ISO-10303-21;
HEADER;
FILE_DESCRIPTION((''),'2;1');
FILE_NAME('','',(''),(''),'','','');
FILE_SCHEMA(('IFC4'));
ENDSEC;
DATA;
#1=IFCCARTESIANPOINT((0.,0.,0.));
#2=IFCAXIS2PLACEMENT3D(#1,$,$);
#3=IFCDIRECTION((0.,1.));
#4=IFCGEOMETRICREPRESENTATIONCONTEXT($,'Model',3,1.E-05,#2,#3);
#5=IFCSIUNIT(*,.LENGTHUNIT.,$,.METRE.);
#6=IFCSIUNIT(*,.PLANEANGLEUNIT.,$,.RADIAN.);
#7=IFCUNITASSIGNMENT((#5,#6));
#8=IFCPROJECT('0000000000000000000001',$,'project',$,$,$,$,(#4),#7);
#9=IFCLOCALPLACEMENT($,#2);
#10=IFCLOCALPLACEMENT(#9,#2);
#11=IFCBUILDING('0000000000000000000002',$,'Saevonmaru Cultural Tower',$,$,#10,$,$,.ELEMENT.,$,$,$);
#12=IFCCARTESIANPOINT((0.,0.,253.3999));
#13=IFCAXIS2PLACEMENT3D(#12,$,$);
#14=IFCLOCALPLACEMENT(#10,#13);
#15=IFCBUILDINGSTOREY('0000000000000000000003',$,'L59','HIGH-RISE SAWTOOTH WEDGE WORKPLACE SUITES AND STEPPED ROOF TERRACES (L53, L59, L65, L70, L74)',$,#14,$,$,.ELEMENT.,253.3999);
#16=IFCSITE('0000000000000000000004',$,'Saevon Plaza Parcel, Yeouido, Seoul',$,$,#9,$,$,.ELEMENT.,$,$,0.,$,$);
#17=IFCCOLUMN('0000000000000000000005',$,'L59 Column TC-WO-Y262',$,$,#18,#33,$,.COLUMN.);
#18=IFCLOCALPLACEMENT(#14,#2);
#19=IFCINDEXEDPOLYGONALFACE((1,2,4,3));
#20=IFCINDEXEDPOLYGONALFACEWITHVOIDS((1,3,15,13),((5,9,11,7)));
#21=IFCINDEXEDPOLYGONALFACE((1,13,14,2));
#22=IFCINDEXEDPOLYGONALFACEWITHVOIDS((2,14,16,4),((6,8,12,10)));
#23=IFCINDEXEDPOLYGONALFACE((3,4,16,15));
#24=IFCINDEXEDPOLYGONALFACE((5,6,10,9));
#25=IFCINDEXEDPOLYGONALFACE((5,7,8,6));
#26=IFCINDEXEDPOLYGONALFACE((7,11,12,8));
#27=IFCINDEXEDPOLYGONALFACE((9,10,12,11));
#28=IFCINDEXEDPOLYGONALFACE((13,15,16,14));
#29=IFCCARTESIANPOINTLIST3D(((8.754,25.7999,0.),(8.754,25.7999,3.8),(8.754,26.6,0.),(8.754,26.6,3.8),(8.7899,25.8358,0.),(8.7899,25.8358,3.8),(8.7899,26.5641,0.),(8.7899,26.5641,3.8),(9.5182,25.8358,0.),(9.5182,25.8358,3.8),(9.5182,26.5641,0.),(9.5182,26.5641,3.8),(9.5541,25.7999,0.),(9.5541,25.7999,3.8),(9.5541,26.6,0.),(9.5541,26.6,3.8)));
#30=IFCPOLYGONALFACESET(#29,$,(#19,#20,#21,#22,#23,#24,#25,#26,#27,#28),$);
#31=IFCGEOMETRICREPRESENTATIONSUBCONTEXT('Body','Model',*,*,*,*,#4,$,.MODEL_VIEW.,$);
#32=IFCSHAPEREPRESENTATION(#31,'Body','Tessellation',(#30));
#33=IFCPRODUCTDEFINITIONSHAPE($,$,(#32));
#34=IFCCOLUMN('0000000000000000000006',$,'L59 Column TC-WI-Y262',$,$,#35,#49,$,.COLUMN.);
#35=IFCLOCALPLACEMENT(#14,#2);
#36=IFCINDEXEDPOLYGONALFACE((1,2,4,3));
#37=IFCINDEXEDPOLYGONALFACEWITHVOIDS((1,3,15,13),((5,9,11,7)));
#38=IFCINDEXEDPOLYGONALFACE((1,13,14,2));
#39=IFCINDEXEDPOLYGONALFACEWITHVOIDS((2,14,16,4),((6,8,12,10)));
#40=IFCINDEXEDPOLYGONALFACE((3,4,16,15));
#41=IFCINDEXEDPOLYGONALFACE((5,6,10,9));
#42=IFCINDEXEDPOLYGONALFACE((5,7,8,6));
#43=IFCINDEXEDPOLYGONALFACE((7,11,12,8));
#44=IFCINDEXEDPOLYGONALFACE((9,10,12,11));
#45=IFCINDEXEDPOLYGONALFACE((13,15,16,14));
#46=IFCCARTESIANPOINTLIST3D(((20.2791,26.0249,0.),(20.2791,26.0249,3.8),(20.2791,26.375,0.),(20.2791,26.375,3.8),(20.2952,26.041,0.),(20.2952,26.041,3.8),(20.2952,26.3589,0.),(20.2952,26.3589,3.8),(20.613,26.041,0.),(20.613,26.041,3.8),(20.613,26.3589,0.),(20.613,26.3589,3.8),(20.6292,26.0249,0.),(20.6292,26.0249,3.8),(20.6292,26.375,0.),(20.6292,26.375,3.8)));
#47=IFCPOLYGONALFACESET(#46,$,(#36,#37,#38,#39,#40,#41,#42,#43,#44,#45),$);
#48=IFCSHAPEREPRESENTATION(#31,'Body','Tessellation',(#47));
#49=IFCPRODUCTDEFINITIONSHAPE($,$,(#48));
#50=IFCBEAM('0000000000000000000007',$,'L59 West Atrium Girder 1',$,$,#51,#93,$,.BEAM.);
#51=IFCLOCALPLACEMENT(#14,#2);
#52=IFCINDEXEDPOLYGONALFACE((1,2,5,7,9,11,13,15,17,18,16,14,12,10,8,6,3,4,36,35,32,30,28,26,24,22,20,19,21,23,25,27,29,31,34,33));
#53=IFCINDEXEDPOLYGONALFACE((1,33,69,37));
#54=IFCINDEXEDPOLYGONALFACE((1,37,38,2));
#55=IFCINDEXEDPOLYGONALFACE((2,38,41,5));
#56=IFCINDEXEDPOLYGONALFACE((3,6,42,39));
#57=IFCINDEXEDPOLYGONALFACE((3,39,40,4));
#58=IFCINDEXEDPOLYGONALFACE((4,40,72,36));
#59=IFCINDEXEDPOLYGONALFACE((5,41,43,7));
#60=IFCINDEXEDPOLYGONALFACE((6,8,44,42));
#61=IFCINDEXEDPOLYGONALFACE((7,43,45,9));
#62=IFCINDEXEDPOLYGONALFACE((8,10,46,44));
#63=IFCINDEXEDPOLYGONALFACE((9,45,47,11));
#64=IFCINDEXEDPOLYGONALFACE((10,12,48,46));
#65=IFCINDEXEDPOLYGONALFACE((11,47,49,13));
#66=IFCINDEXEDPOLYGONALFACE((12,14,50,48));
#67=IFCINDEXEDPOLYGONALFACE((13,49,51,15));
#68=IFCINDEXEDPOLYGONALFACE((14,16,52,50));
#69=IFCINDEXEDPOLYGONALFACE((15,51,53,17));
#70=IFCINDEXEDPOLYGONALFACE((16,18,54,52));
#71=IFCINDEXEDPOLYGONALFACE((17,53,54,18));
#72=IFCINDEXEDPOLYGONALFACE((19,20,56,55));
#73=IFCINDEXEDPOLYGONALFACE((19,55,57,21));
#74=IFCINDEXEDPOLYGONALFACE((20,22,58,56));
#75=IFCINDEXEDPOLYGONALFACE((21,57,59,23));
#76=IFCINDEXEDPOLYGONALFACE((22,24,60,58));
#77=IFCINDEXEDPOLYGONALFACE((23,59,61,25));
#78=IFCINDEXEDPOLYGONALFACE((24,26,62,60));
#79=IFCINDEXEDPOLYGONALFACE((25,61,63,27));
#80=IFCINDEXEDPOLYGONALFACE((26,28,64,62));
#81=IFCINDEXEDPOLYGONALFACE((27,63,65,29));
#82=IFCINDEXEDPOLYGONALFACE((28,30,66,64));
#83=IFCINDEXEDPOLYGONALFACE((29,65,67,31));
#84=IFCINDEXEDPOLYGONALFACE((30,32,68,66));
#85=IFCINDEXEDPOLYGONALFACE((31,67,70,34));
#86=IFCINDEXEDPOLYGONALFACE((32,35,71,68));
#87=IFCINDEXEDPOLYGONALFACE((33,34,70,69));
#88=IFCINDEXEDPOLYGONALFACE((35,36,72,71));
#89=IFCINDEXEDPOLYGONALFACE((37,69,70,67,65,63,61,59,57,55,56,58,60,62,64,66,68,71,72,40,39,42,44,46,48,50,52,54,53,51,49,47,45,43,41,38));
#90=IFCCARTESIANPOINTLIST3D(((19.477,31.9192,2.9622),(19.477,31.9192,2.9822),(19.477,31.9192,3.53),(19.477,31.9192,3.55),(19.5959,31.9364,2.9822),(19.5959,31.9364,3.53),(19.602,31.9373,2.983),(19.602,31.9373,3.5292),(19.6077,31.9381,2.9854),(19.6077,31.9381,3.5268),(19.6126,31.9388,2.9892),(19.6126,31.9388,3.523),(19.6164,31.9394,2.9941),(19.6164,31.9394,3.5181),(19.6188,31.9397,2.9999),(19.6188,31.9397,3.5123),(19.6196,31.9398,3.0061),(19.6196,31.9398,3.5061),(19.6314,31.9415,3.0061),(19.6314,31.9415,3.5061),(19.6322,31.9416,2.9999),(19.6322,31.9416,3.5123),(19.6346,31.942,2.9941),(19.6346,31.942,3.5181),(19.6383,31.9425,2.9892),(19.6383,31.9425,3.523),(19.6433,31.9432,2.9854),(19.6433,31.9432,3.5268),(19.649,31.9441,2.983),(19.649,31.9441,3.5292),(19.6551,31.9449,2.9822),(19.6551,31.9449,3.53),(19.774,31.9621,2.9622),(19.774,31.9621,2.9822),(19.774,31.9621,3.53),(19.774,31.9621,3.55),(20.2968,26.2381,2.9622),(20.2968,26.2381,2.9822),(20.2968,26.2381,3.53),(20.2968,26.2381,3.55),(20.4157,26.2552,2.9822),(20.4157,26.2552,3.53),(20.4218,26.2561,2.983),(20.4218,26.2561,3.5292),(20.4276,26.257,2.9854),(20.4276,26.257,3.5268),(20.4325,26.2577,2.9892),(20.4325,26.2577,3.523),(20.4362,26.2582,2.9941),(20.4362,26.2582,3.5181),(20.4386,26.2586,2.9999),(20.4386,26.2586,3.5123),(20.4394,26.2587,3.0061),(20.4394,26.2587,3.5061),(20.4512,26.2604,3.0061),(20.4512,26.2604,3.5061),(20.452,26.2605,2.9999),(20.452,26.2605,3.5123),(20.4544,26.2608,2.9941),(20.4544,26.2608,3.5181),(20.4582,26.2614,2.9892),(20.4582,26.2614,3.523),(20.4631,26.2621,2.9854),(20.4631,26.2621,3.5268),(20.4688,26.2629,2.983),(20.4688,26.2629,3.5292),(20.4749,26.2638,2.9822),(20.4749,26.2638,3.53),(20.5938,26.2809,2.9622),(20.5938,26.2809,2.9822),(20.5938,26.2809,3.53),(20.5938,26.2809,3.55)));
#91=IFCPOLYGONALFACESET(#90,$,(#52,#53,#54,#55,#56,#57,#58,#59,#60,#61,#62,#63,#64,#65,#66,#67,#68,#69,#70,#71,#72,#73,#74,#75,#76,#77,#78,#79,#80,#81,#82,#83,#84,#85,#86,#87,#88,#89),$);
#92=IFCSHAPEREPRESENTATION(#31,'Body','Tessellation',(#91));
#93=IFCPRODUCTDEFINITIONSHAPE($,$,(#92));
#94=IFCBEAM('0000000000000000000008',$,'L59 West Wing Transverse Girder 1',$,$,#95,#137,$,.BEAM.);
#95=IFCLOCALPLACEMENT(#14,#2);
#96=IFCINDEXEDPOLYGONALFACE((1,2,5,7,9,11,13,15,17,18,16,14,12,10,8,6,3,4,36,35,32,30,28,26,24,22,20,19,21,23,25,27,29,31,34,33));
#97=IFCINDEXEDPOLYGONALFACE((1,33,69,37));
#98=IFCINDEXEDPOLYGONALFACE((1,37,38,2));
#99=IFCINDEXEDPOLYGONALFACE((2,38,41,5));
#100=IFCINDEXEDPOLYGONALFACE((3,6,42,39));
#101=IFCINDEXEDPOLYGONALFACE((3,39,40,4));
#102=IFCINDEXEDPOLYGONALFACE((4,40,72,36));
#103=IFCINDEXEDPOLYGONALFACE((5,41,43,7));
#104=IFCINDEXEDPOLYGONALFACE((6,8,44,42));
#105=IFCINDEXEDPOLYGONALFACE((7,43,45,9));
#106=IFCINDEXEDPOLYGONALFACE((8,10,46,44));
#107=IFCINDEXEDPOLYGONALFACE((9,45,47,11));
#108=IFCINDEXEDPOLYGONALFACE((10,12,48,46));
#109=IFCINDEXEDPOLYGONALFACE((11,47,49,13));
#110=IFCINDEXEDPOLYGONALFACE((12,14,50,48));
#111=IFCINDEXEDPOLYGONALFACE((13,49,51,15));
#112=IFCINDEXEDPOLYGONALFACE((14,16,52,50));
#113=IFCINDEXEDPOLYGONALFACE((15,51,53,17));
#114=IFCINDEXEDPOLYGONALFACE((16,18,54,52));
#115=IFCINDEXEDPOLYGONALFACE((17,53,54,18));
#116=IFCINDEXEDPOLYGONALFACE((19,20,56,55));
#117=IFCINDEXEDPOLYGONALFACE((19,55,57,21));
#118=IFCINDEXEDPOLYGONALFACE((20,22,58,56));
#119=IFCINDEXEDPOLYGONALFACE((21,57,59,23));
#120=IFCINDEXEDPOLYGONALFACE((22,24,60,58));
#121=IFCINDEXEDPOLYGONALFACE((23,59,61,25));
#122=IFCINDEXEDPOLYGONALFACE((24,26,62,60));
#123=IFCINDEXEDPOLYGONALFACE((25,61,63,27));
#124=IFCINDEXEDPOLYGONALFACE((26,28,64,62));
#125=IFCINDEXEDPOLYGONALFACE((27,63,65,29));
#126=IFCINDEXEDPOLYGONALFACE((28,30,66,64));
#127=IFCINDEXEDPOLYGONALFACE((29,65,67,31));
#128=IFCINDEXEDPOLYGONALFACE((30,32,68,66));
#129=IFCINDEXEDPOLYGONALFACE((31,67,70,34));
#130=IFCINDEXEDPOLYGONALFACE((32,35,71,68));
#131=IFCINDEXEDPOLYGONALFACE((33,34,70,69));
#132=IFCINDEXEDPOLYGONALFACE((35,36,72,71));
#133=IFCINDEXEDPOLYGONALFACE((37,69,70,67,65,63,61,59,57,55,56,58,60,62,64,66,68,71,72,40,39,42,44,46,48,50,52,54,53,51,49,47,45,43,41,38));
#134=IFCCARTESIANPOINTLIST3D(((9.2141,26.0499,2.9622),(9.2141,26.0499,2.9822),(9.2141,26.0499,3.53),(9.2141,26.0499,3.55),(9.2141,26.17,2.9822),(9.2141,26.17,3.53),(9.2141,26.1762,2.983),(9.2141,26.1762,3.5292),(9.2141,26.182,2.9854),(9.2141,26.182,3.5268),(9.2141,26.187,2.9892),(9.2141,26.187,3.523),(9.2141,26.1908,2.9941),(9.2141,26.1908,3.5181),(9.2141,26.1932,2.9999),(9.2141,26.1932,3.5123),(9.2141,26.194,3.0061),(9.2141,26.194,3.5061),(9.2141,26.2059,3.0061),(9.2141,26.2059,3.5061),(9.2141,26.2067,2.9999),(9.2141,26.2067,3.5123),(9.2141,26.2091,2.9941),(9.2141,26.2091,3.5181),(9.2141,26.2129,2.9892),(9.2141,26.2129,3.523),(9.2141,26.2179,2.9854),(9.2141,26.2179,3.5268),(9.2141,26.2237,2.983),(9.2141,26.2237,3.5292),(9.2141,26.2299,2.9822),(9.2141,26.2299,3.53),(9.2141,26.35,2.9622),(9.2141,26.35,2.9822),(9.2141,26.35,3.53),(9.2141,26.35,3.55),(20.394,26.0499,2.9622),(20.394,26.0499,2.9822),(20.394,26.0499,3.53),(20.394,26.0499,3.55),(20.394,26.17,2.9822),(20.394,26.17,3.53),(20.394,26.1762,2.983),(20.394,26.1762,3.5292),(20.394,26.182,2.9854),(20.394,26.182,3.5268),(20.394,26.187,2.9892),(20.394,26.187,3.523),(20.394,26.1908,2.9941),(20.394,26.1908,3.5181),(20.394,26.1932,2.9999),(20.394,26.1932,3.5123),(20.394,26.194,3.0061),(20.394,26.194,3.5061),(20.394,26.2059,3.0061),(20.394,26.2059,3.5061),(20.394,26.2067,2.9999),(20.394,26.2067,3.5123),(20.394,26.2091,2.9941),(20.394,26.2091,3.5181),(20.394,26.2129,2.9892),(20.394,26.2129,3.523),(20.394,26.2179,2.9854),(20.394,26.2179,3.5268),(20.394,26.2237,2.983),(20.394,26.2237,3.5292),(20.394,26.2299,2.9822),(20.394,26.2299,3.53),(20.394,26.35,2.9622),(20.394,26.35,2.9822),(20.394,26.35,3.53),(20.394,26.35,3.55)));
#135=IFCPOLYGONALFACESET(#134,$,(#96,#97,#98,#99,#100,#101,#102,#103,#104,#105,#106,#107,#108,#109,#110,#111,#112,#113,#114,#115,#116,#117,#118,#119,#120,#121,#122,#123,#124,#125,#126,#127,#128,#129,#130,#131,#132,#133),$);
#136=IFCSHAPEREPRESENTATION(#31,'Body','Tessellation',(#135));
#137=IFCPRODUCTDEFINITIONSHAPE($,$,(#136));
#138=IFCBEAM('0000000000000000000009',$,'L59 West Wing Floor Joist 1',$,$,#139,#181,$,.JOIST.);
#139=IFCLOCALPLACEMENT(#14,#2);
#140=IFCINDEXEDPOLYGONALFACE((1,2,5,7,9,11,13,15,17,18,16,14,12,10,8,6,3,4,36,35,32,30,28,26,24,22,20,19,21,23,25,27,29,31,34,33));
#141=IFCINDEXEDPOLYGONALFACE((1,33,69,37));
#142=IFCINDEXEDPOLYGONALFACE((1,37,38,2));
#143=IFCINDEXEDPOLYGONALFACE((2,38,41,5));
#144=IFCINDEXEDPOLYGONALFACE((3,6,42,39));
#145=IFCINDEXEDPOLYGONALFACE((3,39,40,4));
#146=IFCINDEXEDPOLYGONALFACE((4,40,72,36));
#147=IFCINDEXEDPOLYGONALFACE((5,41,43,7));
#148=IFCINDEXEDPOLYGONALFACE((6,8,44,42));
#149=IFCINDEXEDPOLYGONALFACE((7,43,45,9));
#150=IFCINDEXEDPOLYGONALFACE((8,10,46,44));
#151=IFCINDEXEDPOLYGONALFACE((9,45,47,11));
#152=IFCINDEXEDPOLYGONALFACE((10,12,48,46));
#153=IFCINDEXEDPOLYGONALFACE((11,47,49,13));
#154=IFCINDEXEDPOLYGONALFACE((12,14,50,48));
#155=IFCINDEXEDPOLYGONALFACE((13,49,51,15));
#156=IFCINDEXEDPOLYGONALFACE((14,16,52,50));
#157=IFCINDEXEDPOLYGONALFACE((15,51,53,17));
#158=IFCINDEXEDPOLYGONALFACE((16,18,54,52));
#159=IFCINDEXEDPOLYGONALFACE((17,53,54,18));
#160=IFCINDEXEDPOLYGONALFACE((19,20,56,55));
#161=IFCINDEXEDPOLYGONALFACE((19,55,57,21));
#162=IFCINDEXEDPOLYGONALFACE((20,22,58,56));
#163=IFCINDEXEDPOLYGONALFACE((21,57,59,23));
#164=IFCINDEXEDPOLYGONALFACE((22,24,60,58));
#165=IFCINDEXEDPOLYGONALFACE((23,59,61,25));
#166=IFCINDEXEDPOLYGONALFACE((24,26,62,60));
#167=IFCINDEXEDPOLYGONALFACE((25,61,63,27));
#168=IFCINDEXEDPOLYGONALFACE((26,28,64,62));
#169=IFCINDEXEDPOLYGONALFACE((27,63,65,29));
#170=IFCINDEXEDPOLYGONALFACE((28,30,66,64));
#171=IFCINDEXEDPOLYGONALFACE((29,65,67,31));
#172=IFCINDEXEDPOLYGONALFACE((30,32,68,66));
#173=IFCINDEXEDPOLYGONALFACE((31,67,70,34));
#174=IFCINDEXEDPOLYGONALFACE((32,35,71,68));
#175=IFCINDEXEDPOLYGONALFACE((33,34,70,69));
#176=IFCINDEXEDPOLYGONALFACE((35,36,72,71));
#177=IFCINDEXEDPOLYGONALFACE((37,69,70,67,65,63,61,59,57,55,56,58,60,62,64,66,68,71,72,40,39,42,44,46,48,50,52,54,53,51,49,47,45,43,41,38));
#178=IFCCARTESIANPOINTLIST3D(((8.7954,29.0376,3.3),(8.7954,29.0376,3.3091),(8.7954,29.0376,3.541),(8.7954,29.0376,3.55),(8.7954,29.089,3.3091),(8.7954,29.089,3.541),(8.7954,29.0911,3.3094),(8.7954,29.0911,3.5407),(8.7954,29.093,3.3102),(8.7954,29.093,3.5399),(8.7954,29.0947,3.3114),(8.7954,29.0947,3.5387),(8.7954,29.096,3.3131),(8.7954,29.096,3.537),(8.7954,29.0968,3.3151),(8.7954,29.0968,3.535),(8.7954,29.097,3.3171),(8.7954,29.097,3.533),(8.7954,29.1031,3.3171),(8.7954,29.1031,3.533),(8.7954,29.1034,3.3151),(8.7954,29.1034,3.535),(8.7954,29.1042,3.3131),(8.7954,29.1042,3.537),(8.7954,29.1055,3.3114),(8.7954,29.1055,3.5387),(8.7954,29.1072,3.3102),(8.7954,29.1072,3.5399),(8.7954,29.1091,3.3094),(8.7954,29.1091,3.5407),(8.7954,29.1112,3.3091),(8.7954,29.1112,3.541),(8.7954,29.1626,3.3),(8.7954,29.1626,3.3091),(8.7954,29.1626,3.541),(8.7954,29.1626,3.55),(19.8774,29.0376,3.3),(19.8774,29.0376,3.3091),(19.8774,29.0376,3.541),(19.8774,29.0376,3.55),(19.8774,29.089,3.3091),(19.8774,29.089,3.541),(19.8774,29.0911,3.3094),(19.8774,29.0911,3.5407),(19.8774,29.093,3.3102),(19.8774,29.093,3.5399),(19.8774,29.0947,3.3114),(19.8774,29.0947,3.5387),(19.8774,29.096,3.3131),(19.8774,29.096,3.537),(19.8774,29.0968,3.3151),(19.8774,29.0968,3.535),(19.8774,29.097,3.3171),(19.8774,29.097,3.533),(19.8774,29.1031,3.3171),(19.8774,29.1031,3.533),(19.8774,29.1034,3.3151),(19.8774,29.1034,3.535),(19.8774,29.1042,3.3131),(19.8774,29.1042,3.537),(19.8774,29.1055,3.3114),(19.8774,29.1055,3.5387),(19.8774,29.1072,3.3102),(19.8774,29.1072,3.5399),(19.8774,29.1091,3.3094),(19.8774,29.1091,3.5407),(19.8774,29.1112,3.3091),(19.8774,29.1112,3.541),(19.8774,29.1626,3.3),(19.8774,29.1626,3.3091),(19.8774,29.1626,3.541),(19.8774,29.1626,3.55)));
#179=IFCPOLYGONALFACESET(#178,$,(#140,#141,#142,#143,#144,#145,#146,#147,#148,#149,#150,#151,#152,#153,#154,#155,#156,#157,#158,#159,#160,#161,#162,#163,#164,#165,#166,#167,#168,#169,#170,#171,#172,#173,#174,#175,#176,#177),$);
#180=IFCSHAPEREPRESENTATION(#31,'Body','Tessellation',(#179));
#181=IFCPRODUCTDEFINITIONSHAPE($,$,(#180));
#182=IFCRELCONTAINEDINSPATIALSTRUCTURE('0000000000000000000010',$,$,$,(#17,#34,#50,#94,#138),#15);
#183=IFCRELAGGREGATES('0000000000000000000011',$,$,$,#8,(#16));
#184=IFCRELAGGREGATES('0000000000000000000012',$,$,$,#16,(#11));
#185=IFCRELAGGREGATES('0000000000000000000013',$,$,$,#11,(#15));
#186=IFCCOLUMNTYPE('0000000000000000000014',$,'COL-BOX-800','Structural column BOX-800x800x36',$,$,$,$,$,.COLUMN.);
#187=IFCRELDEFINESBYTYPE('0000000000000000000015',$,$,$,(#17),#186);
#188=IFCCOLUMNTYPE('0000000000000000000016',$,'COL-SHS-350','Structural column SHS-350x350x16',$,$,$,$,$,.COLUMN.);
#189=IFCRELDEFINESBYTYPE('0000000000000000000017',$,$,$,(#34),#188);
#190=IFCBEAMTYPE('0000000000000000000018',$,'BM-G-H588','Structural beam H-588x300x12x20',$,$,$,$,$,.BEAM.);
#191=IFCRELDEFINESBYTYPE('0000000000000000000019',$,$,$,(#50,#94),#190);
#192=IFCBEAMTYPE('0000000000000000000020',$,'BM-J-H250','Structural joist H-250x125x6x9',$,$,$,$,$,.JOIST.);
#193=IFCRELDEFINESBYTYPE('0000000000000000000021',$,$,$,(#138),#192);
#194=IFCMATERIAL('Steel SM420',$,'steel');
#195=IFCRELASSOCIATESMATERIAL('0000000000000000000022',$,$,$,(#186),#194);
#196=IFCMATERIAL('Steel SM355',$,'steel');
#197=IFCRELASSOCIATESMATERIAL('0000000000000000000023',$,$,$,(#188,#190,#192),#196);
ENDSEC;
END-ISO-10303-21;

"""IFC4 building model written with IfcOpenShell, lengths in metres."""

from ifc_helpers import new_model, si_unit, direction, frame, origin, origin_2d, place, context, subcontext, project, spatial, hollow_rectangle, i_section, extrude, material, material_profile, profile_set, type_object, element, save


model = new_model("IFC4")

# Units and contexts
model_context = context("Model", 3, precision=1e-05, world=origin(), true_north=direction((0.0, 1.0)))
body_context = subcontext(model_context, "Body", "Model", "MODEL_VIEW")
ifc_project = project(units=[si_unit("LENGTHUNIT", "METRE"), si_unit("PLANEANGLEUNIT", "RADIAN")], contexts=[model_context])

# Site, building, storey
site_placement = place(None, origin())
site = spatial("IfcSite", under=ifc_project, at=site_placement, Name="Saevon Plaza Parcel, Yeouido, Seoul", CompositionType="ELEMENT", RefElevation=0.0)
building_placement = place(site_placement, origin())
building = spatial("IfcBuilding", under=site, at=building_placement, Name="Saevonmaru Cultural Tower", CompositionType="ELEMENT")
storey_placement = place(building_placement, frame((0.0, 0.0, 253.3999)))
storey = spatial("IfcBuildingStorey", under=building, at=storey_placement, Name="L59", Description="HIGH-RISE SAWTOOTH WEDGE WORKPLACE SUITES AND STEPPED ROOF TERRACES (L53, L59, L65, L70, L74)", CompositionType="ELEMENT", Elevation=253.3999)

# Columns
ifc_material_1 = material(Name="Steel SM420", Category="steel")
ifc_material_profile_1 = material_profile(ifc_material_1, hollow_rectangle(XDim=0.8, YDim=0.8, WallThickness=0.0359, at=origin_2d()), Name="BOX-800x800x36")
ifc_profile_set_1 = profile_set([ifc_material_profile_1], Name="Steel SM420")
column_type_1 = type_object("IfcColumnType", Name="COL-BOX-800", Description="Structural column BOX-800x800x36", PredefinedType="COLUMN", material=ifc_profile_set_1)
column_1_placement = place(storey_placement, frame((9.1541, 26.2, 0.0), z_axis=(0.0, 0.0, 1.0), x_axis=(1.0, 0.0, 0.0)))
element("IfcColumn", 1, at=column_1_placement, inside=storey, type_object=column_type_1, Name="L59 Column TC-WO-Y262", PredefinedType="COLUMN", context=body_context, shape_type="SweptSolid", body=[
    extrude(hollow_rectangle(XDim=0.8, YDim=0.8, WallThickness=0.0359, at=origin_2d()), origin(), (0.0, 0.0, 1.0), 3.8),
])
ifc_material_2 = material(Name="Steel SM355", Category="steel")
ifc_material_profile_2 = material_profile(ifc_material_2, hollow_rectangle(XDim=0.3501, YDim=0.3501, WallThickness=0.0161, at=origin_2d()), Name="SHS-350x350x16")
ifc_profile_set_2 = profile_set([ifc_material_profile_2], Name="Steel SM355")
column_type_2 = type_object("IfcColumnType", Name="COL-SHS-350", Description="Structural column SHS-350x350x16", PredefinedType="COLUMN", material=ifc_profile_set_2)
column_2_placement = place(storey_placement, frame((20.4541, 26.2, 0.0), z_axis=(0.0, 0.0, 1.0), x_axis=(1.0, 0.0, 0.0)))
element("IfcColumn", 2, at=column_2_placement, inside=storey, type_object=column_type_2, Name="L59 Column TC-WI-Y262", PredefinedType="COLUMN", context=body_context, shape_type="SweptSolid", body=[
    extrude(hollow_rectangle(XDim=0.3501, YDim=0.3501, WallThickness=0.0161, at=origin_2d()), origin(), (0.0, 0.0, 1.0), 3.8),
])

# Beams
ifc_material_profile_3 = material_profile(ifc_material_2, i_section(OverallWidth=0.3, OverallDepth=0.5879, WebThickness=0.012, FlangeThickness=0.02, FilletRadius=0.0239, at=origin_2d()), Name="H-588x300x12x20")
ifc_profile_set_3 = profile_set([ifc_material_profile_3], Name="Steel SM355")
beam_type_1 = type_object("IfcBeamType", Name="BM-G-H588", Description="Structural beam H-588x300x12x20", PredefinedType="BEAM", material=ifc_profile_set_3)
beam_1_placement = place(storey_placement, frame((20.4453, 26.2595, 3.2561), z_axis=(-0.142827, 0.989748, 0.0), x_axis=(-0.989748, -0.142827, 0.0)))
element("IfcBeam", 3, at=beam_1_placement, inside=storey, type_object=beam_type_1, Name="L59 West Atrium Girder 1", PredefinedType="BEAM", context=body_context, shape_type="SweptSolid", body=[
    extrude(i_section(OverallWidth=0.3, OverallDepth=0.5879, WebThickness=0.012, FlangeThickness=0.02, FilletRadius=0.0239, at=origin_2d()), origin(), (0.0, 0.0, 1.0), 5.74),
])
beam_2_placement = place(storey_placement, frame((9.2141, 26.2, 3.2561), z_axis=(1.0, 0.0, 0.0), x_axis=(0.0, 1.0, 0.0)))
element("IfcBeam", 4, at=beam_2_placement, inside=storey, type_object=beam_type_1, Name="L59 West Wing Transverse Girder 1", PredefinedType="BEAM", context=body_context, shape_type="SweptSolid", body=[
    extrude(i_section(OverallWidth=0.3, OverallDepth=0.5879, WebThickness=0.012, FlangeThickness=0.02, FilletRadius=0.0239, at=origin_2d()), origin(), (0.0, 0.0, 1.0), 11.1799),
])
ifc_material_profile_4 = material_profile(ifc_material_2, i_section(OverallWidth=0.125, OverallDepth=0.25, WebThickness=0.0061, FlangeThickness=0.009, FilletRadius=0.0081, at=origin_2d()), Name="H-250x125x6x9")
ifc_profile_set_4 = profile_set([ifc_material_profile_4], Name="Steel SM355")
beam_type_2 = type_object("IfcBeamType", Name="BM-J-H250", Description="Structural joist H-250x125x6x9", PredefinedType="JOIST", material=ifc_profile_set_4)
beam_3_placement = place(storey_placement, frame((8.7954, 29.1001, 3.425), z_axis=(1.0, 0.0, 0.0), x_axis=(0.0, 1.0, 0.0)))
element("IfcBeam", 5, at=beam_3_placement, inside=storey, type_object=beam_type_2, Name="L59 West Wing Floor Joist 1", PredefinedType="JOIST", context=body_context, shape_type="SweptSolid", body=[
    extrude(i_section(OverallWidth=0.125, OverallDepth=0.25, WebThickness=0.0061, FlangeThickness=0.009, FilletRadius=0.0081, at=origin_2d()), origin(), (0.0, 0.0, 1.0), 11.082),
])

save(model, "model.ifc")
